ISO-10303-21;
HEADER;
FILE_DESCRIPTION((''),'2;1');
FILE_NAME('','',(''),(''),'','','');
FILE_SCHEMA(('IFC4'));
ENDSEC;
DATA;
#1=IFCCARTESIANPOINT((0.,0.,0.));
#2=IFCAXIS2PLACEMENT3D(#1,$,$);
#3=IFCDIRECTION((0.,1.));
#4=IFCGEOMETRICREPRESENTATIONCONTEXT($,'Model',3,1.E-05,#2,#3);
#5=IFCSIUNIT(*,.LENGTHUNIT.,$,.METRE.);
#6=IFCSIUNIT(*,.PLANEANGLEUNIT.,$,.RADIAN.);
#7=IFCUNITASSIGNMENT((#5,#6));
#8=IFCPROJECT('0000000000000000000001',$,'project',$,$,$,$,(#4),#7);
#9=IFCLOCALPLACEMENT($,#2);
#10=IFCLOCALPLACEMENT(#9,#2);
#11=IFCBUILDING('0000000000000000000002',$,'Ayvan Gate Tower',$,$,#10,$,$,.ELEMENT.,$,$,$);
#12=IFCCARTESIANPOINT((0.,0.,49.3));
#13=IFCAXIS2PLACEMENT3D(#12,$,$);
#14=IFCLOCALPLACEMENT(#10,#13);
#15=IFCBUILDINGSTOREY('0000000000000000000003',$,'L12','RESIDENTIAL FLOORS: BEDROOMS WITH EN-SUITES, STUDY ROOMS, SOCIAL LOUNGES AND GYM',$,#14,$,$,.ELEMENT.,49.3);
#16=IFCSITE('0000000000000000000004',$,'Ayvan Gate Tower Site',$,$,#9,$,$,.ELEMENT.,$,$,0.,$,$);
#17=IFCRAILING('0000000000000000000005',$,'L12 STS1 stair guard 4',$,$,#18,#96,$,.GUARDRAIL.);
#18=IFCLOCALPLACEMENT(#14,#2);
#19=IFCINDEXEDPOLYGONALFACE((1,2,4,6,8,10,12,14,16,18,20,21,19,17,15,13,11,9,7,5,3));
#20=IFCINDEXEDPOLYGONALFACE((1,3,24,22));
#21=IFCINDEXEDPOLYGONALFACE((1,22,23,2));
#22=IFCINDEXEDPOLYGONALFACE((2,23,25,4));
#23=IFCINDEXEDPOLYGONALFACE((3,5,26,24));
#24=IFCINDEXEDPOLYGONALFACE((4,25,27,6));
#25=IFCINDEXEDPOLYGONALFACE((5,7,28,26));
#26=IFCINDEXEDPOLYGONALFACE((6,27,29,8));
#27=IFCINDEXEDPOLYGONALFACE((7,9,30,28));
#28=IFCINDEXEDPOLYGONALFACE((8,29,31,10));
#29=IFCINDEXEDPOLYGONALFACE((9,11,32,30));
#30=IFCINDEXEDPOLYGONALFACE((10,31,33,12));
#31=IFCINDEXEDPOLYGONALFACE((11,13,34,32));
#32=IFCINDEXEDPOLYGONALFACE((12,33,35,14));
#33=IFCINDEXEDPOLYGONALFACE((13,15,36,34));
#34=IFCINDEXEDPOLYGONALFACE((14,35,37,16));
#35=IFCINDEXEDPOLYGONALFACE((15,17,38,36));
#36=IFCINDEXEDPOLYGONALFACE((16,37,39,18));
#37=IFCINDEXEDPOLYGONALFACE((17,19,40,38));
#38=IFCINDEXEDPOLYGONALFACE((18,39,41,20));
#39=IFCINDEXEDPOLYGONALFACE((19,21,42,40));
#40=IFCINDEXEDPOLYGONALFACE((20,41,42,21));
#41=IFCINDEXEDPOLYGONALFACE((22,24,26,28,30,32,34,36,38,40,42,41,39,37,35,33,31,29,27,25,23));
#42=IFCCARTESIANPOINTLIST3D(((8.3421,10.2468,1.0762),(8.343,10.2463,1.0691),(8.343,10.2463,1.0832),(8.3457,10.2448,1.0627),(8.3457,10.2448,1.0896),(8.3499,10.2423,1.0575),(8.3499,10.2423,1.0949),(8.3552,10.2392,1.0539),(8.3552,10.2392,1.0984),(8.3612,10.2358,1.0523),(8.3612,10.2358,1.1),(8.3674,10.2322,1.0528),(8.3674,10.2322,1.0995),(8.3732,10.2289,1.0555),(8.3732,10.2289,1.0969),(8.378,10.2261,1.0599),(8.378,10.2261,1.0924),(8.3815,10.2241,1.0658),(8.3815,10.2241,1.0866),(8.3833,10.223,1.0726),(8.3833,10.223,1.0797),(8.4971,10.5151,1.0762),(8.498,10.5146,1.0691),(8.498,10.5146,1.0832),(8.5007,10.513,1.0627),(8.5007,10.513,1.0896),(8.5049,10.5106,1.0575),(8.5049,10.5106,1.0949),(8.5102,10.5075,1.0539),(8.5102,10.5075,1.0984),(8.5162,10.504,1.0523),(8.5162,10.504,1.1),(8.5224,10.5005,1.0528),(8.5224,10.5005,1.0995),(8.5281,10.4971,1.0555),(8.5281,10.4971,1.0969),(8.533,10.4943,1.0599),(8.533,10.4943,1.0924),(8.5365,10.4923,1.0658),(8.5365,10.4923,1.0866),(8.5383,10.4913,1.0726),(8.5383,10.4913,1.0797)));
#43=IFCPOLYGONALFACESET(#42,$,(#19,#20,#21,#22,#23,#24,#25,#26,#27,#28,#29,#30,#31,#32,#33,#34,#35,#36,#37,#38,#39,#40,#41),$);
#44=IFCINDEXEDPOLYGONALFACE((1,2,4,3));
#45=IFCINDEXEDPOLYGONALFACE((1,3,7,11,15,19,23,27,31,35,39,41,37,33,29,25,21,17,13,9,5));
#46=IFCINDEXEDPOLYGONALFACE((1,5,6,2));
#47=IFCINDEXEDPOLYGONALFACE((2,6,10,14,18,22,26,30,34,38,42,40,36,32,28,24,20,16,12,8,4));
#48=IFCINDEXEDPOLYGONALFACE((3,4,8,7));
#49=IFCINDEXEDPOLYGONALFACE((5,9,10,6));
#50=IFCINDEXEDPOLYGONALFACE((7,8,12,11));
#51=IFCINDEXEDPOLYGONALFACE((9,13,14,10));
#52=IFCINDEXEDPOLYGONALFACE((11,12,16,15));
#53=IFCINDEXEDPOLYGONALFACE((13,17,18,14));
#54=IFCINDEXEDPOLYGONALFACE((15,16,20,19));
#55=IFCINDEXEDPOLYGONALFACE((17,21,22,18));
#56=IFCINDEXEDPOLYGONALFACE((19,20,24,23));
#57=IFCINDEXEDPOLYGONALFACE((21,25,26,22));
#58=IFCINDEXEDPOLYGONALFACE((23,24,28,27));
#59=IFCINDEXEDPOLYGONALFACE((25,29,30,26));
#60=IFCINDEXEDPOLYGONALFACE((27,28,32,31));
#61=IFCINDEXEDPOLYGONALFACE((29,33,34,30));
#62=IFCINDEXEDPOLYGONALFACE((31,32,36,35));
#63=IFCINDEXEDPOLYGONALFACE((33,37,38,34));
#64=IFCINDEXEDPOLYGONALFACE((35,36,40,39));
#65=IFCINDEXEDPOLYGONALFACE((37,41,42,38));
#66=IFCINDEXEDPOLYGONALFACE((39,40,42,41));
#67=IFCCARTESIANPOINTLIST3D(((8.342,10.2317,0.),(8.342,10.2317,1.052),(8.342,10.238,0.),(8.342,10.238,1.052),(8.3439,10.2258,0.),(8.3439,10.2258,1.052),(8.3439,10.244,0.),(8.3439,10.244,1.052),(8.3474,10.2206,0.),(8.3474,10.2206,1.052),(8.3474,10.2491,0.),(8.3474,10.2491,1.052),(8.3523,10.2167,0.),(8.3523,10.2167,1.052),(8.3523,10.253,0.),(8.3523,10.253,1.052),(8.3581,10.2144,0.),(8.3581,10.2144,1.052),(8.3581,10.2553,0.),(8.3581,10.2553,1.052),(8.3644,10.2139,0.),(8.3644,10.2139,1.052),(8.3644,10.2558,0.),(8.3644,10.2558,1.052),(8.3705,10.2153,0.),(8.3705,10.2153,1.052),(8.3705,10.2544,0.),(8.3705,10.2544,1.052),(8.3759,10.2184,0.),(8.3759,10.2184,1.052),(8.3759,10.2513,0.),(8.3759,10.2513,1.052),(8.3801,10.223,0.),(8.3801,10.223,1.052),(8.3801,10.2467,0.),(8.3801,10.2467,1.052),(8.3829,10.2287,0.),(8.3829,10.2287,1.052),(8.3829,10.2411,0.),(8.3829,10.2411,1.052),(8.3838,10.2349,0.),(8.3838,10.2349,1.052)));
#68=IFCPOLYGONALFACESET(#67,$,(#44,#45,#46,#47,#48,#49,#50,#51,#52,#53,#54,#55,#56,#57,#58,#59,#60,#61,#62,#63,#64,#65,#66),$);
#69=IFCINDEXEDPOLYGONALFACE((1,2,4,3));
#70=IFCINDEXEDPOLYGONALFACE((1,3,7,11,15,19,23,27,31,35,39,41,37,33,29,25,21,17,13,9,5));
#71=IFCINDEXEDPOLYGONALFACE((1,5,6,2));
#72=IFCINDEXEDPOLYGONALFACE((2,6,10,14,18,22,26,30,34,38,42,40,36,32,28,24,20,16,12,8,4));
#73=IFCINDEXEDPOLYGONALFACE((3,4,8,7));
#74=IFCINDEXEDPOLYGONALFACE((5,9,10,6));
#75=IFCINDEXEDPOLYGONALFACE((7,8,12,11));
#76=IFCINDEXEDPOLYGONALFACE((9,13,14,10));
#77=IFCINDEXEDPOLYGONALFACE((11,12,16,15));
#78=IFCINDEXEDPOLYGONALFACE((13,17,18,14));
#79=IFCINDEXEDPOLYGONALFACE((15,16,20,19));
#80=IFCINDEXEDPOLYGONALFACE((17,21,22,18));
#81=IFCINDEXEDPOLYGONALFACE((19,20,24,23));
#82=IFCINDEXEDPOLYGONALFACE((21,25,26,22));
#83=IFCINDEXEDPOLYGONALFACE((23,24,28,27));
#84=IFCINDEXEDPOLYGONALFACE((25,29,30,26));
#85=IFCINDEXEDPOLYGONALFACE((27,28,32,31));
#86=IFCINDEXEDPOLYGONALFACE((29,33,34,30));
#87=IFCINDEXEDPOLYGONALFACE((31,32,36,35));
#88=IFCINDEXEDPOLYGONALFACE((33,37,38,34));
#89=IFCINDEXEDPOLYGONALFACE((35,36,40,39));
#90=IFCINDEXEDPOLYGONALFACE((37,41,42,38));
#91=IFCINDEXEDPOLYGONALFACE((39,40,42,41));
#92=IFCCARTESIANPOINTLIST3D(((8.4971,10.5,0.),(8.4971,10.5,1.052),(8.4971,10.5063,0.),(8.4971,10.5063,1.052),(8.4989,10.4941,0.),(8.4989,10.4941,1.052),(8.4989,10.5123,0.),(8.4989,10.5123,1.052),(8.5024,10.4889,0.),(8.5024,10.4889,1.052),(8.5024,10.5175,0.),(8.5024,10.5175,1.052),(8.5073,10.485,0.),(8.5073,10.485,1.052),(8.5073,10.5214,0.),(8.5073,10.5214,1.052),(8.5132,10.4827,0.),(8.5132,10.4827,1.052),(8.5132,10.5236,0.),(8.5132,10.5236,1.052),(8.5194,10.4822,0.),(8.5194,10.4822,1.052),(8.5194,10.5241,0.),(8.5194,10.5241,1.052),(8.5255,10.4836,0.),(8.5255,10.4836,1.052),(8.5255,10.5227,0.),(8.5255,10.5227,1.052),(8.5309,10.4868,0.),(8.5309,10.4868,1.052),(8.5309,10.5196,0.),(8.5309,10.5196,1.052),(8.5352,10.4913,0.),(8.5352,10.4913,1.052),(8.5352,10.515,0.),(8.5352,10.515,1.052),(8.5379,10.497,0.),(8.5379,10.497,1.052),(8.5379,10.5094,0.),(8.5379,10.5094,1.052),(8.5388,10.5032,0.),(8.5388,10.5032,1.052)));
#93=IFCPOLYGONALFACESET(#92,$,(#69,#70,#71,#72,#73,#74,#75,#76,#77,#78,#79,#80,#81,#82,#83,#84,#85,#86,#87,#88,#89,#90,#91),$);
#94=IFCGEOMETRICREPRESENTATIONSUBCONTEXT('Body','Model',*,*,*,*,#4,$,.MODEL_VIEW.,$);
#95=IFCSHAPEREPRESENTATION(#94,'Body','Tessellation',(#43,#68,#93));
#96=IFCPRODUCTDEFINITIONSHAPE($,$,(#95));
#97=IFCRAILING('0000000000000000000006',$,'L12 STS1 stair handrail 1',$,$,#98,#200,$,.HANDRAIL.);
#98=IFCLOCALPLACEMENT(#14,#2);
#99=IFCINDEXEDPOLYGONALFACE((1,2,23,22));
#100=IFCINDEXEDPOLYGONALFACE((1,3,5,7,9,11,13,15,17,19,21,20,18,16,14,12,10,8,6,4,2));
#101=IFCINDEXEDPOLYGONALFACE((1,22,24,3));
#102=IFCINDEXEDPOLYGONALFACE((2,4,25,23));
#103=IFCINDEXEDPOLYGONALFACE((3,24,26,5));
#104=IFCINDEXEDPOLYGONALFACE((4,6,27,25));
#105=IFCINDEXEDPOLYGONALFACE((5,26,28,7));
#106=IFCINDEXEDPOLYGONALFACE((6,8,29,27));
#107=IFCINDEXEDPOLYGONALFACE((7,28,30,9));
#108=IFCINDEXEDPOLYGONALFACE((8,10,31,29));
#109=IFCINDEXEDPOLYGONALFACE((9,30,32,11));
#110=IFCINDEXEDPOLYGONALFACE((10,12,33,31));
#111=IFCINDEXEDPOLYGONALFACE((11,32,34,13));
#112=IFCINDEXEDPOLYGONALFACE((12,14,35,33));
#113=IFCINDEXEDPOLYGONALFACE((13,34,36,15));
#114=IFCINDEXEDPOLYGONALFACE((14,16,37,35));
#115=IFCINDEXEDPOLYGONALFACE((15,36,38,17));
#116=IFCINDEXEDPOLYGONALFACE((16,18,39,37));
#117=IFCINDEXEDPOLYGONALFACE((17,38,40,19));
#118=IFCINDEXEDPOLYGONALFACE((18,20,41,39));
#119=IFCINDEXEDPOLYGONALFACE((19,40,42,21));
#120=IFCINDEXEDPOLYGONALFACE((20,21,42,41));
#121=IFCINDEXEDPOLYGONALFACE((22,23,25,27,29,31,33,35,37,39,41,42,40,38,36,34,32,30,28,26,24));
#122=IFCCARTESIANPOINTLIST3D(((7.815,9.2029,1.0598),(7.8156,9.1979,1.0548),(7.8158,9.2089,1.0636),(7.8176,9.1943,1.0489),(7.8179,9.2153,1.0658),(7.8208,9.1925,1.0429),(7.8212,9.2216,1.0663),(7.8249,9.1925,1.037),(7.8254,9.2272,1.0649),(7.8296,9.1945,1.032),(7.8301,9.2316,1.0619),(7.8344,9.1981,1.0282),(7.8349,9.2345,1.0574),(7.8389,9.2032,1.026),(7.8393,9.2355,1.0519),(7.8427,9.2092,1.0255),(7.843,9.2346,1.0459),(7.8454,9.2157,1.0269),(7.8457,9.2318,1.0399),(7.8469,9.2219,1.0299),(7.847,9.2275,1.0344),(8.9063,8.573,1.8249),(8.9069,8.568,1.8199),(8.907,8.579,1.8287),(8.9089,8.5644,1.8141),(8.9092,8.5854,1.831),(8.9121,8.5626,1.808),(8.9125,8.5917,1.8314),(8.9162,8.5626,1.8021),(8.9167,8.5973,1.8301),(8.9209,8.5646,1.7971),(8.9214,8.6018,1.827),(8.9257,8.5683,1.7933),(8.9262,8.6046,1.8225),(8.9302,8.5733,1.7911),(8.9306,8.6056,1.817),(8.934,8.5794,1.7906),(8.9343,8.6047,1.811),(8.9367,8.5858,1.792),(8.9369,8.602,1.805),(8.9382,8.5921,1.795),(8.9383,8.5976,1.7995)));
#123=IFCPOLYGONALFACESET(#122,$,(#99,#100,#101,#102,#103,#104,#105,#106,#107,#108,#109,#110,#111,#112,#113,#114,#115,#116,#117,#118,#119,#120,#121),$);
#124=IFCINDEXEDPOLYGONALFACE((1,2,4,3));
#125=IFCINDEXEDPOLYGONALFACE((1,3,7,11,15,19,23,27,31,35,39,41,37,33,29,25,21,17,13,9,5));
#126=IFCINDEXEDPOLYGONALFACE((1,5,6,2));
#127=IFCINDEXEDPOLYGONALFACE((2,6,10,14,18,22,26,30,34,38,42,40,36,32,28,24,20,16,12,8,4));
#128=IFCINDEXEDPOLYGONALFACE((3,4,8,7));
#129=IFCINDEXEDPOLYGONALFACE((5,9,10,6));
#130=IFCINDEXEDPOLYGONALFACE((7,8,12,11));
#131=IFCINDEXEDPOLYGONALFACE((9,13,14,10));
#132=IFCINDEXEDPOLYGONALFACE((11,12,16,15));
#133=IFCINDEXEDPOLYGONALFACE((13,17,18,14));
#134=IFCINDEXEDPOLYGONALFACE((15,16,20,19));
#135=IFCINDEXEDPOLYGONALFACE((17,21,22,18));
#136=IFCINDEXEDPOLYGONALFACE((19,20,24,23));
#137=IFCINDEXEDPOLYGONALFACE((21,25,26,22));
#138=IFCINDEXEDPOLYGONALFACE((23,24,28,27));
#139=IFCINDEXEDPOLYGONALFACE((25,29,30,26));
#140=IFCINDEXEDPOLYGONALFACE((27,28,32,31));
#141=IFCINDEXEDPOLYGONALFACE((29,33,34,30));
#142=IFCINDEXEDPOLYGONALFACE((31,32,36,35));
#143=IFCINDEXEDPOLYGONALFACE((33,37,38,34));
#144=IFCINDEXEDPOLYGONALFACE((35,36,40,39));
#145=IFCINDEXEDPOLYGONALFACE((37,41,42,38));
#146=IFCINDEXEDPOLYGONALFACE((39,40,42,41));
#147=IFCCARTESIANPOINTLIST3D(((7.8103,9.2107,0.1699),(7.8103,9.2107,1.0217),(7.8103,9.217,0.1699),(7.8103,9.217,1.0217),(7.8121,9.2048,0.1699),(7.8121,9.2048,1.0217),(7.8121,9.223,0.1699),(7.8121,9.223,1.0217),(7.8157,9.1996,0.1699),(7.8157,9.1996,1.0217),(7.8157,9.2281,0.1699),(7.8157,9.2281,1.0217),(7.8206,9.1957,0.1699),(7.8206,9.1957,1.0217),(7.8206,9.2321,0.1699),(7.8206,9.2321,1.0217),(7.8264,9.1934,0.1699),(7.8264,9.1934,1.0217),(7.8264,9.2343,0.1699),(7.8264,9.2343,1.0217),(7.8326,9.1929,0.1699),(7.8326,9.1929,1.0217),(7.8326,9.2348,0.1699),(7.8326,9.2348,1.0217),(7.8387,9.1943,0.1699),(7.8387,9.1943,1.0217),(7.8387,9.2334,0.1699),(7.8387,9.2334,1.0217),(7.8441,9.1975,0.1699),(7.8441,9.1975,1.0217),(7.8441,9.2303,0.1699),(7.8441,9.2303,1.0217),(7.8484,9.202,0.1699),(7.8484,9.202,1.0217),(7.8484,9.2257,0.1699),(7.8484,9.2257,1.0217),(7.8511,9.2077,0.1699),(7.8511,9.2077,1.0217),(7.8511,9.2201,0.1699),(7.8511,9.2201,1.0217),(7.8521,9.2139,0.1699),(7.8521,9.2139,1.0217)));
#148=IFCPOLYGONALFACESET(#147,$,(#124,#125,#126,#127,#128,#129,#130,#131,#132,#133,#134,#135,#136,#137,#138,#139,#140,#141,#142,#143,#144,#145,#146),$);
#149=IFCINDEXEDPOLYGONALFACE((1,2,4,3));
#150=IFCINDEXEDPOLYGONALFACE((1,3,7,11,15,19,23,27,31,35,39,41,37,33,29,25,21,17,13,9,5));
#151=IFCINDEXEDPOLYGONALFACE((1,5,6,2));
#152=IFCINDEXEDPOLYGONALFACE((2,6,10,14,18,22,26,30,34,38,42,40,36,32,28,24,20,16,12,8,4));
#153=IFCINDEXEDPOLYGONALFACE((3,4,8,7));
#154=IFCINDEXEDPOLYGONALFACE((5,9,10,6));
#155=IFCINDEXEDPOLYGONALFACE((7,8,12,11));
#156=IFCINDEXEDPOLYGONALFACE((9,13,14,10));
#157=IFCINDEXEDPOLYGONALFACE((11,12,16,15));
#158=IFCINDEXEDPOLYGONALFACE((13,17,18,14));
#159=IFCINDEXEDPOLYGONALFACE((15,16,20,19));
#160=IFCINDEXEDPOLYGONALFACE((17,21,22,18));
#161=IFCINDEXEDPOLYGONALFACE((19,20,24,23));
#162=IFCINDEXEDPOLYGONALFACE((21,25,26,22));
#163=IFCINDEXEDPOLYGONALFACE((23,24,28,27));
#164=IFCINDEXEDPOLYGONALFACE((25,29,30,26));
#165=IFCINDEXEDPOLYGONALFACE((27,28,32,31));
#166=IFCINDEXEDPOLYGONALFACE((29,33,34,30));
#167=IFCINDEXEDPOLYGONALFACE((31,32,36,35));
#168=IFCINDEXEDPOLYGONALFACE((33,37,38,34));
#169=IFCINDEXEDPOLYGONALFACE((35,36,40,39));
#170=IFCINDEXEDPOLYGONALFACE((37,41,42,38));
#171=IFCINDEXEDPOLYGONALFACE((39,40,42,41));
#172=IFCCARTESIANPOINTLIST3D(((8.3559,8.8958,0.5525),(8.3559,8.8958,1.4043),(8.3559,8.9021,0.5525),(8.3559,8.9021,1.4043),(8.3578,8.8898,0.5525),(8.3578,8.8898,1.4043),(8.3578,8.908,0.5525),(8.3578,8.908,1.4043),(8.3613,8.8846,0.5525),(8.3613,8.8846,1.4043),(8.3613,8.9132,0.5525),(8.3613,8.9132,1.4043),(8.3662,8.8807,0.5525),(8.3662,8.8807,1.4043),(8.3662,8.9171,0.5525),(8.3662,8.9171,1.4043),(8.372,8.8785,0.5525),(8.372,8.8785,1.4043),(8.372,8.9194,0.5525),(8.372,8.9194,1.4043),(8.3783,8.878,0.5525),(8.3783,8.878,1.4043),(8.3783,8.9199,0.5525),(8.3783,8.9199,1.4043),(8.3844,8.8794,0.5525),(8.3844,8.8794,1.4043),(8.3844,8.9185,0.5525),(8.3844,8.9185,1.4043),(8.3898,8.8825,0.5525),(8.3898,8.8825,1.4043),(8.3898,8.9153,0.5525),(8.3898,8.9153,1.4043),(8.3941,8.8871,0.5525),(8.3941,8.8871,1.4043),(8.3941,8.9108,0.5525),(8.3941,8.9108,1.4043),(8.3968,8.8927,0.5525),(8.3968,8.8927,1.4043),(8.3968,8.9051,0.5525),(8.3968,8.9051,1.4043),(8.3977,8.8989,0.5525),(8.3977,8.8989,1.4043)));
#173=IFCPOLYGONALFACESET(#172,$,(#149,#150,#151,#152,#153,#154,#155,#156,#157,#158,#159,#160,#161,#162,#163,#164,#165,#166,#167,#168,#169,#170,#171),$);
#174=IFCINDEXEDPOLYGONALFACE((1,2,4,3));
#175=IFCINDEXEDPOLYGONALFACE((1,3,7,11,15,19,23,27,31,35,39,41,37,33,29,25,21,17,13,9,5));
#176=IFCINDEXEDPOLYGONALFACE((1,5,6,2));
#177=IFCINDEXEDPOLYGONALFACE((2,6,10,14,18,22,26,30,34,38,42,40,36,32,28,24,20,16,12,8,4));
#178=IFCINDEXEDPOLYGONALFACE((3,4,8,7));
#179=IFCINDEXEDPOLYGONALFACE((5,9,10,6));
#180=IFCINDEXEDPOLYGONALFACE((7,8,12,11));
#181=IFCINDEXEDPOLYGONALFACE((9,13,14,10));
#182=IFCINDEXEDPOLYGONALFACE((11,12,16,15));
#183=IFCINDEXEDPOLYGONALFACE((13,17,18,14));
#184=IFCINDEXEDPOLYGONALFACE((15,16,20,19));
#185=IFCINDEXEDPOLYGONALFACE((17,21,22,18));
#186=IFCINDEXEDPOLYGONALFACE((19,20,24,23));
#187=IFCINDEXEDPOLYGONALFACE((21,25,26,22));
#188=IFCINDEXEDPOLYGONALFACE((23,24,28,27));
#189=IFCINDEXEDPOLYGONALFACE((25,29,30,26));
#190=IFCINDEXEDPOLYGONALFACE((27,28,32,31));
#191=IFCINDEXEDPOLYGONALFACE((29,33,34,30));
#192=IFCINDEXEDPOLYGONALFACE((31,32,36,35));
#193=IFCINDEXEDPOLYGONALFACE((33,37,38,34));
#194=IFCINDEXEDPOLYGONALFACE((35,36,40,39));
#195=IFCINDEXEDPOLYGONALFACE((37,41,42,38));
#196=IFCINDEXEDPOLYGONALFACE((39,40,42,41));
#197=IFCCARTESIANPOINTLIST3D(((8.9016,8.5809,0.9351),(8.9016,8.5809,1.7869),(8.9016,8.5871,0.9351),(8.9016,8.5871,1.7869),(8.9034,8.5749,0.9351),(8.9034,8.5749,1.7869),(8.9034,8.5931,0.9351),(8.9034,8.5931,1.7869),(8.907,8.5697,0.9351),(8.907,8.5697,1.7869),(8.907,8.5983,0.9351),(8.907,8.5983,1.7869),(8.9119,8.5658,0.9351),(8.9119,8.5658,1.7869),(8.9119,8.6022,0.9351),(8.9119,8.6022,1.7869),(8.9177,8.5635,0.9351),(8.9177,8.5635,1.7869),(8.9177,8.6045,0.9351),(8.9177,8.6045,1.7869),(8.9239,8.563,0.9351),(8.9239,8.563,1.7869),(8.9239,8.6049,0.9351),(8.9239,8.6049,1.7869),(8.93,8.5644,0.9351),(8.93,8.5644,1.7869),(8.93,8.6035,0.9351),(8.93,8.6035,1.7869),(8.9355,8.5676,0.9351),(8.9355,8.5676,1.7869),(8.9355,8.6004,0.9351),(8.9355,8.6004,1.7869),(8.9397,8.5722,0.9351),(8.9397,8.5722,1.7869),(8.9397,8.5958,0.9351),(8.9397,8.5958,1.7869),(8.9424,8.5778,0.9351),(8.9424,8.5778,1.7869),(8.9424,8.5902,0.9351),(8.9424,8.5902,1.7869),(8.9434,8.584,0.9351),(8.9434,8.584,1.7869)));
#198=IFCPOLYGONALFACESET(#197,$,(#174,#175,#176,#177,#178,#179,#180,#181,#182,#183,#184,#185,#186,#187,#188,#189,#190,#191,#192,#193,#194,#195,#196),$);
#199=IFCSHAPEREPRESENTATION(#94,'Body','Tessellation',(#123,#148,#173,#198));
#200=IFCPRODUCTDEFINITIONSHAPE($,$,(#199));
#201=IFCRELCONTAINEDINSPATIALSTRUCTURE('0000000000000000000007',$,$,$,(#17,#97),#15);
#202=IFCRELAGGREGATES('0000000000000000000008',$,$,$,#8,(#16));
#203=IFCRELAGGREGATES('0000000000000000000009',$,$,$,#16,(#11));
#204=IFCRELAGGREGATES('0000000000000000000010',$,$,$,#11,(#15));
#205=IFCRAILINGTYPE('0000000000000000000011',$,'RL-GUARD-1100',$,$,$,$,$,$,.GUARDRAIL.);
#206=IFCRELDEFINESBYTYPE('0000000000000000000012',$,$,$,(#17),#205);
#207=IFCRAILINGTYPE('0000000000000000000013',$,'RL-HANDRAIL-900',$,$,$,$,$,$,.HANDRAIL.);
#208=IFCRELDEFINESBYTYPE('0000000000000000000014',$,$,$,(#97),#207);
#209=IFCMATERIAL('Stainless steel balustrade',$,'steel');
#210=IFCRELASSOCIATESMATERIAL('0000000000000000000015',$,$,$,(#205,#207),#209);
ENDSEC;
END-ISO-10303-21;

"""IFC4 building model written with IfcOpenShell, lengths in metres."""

from ifc_helpers import new_model, si_unit, direction, frame, origin, origin_2d, place, context, subcontext, project, spatial, circle, extrude, material, type_object, element, save


model = new_model("IFC4")

# Units and contexts
model_context = context("Model", 3, precision=1e-05, world=origin(), true_north=direction((0.0, 1.0)))
body_context = subcontext(model_context, "Body", "Model", "MODEL_VIEW")
ifc_project = project(units=[si_unit("LENGTHUNIT", "METRE"), si_unit("PLANEANGLEUNIT", "RADIAN")], contexts=[model_context])

# Site, building, storey
site_placement = place(None, origin())
site = spatial("IfcSite", under=ifc_project, at=site_placement, Name="Ayvan Gate Tower Site", CompositionType="ELEMENT", RefElevation=0.0)
building_placement = place(site_placement, origin())
building = spatial("IfcBuilding", under=site, at=building_placement, Name="Ayvan Gate Tower", CompositionType="ELEMENT")
storey_placement = place(building_placement, frame((0.0, 0.0, 49.3)))
storey = spatial("IfcBuildingStorey", under=building, at=storey_placement, Name="L12", Description="RESIDENTIAL FLOORS: BEDROOMS WITH EN-SUITES, STUDY ROOMS, SOCIAL LOUNGES AND GYM", CompositionType="ELEMENT", Elevation=49.3)

# Railings
ifc_material_1 = material(Name="Stainless steel balustrade", Category="steel")
railing_type_1 = type_object("IfcRailingType", Name="RL-GUARD-1100", PredefinedType="GUARDRAIL", material=ifc_material_1)
railing_1_placement = place(storey_placement, frame((8.3628, 10.2349, 0.0)))
element("IfcRailing", 1, at=railing_1_placement, inside=storey, type_object=railing_type_1, Name="L12 STS1 stair guard 4", PredefinedType="GUARDRAIL", context=body_context, shape_type="SweptSolid", body=[
    extrude(circle(Radius=0.0239, at=origin_2d()), frame((0.0, 0.0, 1.0762), z_axis=(0.500291, 0.865857, 0.0), x_axis=(-0.865857, 0.500291, 0.0)), (0.0, 0.0, 1.0), 0.3098),
    extrude(circle(Radius=0.021, at=origin_2d()), origin(), (0.0, 0.0, 1.0), 1.052),
    extrude(circle(Radius=0.021, at=origin_2d()), frame((0.155, 0.2683, 0.0)), (0.0, 0.0, 1.0), 1.052),
])
railing_type_2 = type_object("IfcRailingType", Name="RL-HANDRAIL-900", PredefinedType="HANDRAIL", material=ifc_material_1)
railing_2_placement = place(storey_placement, frame((7.8311, 9.2139, 0.1699)))
element("IfcRailing", 2, at=railing_2_placement, inside=storey, type_object=railing_type_2, Name="L12 STS1 stair handrail 1", PredefinedType="HANDRAIL", context=body_context, shape_type="SweptSolid", body=[
    extrude(circle(Radius=0.0239, at=origin_2d()), frame((0.0, 0.0, 0.876), z_axis=(0.740293, -0.427283, 0.519033), x_axis=(0.49989, 0.866089, 0.0)), (0.0, 0.0, 1.0), 1.4741),
    extrude(circle(Radius=0.021, at=origin_2d()), origin(), (0.0, 0.0, 1.0), 0.8518),
    extrude(circle(Radius=0.021, at=origin_2d()), frame((0.5457, -0.3149, 0.3826)), (0.0, 0.0, 1.0), 0.8518),
    extrude(circle(Radius=0.021, at=origin_2d()), frame((1.0913, -0.6299, 0.7651)), (0.0, 0.0, 1.0), 0.8518),
])

save(model, "model.ifc")
